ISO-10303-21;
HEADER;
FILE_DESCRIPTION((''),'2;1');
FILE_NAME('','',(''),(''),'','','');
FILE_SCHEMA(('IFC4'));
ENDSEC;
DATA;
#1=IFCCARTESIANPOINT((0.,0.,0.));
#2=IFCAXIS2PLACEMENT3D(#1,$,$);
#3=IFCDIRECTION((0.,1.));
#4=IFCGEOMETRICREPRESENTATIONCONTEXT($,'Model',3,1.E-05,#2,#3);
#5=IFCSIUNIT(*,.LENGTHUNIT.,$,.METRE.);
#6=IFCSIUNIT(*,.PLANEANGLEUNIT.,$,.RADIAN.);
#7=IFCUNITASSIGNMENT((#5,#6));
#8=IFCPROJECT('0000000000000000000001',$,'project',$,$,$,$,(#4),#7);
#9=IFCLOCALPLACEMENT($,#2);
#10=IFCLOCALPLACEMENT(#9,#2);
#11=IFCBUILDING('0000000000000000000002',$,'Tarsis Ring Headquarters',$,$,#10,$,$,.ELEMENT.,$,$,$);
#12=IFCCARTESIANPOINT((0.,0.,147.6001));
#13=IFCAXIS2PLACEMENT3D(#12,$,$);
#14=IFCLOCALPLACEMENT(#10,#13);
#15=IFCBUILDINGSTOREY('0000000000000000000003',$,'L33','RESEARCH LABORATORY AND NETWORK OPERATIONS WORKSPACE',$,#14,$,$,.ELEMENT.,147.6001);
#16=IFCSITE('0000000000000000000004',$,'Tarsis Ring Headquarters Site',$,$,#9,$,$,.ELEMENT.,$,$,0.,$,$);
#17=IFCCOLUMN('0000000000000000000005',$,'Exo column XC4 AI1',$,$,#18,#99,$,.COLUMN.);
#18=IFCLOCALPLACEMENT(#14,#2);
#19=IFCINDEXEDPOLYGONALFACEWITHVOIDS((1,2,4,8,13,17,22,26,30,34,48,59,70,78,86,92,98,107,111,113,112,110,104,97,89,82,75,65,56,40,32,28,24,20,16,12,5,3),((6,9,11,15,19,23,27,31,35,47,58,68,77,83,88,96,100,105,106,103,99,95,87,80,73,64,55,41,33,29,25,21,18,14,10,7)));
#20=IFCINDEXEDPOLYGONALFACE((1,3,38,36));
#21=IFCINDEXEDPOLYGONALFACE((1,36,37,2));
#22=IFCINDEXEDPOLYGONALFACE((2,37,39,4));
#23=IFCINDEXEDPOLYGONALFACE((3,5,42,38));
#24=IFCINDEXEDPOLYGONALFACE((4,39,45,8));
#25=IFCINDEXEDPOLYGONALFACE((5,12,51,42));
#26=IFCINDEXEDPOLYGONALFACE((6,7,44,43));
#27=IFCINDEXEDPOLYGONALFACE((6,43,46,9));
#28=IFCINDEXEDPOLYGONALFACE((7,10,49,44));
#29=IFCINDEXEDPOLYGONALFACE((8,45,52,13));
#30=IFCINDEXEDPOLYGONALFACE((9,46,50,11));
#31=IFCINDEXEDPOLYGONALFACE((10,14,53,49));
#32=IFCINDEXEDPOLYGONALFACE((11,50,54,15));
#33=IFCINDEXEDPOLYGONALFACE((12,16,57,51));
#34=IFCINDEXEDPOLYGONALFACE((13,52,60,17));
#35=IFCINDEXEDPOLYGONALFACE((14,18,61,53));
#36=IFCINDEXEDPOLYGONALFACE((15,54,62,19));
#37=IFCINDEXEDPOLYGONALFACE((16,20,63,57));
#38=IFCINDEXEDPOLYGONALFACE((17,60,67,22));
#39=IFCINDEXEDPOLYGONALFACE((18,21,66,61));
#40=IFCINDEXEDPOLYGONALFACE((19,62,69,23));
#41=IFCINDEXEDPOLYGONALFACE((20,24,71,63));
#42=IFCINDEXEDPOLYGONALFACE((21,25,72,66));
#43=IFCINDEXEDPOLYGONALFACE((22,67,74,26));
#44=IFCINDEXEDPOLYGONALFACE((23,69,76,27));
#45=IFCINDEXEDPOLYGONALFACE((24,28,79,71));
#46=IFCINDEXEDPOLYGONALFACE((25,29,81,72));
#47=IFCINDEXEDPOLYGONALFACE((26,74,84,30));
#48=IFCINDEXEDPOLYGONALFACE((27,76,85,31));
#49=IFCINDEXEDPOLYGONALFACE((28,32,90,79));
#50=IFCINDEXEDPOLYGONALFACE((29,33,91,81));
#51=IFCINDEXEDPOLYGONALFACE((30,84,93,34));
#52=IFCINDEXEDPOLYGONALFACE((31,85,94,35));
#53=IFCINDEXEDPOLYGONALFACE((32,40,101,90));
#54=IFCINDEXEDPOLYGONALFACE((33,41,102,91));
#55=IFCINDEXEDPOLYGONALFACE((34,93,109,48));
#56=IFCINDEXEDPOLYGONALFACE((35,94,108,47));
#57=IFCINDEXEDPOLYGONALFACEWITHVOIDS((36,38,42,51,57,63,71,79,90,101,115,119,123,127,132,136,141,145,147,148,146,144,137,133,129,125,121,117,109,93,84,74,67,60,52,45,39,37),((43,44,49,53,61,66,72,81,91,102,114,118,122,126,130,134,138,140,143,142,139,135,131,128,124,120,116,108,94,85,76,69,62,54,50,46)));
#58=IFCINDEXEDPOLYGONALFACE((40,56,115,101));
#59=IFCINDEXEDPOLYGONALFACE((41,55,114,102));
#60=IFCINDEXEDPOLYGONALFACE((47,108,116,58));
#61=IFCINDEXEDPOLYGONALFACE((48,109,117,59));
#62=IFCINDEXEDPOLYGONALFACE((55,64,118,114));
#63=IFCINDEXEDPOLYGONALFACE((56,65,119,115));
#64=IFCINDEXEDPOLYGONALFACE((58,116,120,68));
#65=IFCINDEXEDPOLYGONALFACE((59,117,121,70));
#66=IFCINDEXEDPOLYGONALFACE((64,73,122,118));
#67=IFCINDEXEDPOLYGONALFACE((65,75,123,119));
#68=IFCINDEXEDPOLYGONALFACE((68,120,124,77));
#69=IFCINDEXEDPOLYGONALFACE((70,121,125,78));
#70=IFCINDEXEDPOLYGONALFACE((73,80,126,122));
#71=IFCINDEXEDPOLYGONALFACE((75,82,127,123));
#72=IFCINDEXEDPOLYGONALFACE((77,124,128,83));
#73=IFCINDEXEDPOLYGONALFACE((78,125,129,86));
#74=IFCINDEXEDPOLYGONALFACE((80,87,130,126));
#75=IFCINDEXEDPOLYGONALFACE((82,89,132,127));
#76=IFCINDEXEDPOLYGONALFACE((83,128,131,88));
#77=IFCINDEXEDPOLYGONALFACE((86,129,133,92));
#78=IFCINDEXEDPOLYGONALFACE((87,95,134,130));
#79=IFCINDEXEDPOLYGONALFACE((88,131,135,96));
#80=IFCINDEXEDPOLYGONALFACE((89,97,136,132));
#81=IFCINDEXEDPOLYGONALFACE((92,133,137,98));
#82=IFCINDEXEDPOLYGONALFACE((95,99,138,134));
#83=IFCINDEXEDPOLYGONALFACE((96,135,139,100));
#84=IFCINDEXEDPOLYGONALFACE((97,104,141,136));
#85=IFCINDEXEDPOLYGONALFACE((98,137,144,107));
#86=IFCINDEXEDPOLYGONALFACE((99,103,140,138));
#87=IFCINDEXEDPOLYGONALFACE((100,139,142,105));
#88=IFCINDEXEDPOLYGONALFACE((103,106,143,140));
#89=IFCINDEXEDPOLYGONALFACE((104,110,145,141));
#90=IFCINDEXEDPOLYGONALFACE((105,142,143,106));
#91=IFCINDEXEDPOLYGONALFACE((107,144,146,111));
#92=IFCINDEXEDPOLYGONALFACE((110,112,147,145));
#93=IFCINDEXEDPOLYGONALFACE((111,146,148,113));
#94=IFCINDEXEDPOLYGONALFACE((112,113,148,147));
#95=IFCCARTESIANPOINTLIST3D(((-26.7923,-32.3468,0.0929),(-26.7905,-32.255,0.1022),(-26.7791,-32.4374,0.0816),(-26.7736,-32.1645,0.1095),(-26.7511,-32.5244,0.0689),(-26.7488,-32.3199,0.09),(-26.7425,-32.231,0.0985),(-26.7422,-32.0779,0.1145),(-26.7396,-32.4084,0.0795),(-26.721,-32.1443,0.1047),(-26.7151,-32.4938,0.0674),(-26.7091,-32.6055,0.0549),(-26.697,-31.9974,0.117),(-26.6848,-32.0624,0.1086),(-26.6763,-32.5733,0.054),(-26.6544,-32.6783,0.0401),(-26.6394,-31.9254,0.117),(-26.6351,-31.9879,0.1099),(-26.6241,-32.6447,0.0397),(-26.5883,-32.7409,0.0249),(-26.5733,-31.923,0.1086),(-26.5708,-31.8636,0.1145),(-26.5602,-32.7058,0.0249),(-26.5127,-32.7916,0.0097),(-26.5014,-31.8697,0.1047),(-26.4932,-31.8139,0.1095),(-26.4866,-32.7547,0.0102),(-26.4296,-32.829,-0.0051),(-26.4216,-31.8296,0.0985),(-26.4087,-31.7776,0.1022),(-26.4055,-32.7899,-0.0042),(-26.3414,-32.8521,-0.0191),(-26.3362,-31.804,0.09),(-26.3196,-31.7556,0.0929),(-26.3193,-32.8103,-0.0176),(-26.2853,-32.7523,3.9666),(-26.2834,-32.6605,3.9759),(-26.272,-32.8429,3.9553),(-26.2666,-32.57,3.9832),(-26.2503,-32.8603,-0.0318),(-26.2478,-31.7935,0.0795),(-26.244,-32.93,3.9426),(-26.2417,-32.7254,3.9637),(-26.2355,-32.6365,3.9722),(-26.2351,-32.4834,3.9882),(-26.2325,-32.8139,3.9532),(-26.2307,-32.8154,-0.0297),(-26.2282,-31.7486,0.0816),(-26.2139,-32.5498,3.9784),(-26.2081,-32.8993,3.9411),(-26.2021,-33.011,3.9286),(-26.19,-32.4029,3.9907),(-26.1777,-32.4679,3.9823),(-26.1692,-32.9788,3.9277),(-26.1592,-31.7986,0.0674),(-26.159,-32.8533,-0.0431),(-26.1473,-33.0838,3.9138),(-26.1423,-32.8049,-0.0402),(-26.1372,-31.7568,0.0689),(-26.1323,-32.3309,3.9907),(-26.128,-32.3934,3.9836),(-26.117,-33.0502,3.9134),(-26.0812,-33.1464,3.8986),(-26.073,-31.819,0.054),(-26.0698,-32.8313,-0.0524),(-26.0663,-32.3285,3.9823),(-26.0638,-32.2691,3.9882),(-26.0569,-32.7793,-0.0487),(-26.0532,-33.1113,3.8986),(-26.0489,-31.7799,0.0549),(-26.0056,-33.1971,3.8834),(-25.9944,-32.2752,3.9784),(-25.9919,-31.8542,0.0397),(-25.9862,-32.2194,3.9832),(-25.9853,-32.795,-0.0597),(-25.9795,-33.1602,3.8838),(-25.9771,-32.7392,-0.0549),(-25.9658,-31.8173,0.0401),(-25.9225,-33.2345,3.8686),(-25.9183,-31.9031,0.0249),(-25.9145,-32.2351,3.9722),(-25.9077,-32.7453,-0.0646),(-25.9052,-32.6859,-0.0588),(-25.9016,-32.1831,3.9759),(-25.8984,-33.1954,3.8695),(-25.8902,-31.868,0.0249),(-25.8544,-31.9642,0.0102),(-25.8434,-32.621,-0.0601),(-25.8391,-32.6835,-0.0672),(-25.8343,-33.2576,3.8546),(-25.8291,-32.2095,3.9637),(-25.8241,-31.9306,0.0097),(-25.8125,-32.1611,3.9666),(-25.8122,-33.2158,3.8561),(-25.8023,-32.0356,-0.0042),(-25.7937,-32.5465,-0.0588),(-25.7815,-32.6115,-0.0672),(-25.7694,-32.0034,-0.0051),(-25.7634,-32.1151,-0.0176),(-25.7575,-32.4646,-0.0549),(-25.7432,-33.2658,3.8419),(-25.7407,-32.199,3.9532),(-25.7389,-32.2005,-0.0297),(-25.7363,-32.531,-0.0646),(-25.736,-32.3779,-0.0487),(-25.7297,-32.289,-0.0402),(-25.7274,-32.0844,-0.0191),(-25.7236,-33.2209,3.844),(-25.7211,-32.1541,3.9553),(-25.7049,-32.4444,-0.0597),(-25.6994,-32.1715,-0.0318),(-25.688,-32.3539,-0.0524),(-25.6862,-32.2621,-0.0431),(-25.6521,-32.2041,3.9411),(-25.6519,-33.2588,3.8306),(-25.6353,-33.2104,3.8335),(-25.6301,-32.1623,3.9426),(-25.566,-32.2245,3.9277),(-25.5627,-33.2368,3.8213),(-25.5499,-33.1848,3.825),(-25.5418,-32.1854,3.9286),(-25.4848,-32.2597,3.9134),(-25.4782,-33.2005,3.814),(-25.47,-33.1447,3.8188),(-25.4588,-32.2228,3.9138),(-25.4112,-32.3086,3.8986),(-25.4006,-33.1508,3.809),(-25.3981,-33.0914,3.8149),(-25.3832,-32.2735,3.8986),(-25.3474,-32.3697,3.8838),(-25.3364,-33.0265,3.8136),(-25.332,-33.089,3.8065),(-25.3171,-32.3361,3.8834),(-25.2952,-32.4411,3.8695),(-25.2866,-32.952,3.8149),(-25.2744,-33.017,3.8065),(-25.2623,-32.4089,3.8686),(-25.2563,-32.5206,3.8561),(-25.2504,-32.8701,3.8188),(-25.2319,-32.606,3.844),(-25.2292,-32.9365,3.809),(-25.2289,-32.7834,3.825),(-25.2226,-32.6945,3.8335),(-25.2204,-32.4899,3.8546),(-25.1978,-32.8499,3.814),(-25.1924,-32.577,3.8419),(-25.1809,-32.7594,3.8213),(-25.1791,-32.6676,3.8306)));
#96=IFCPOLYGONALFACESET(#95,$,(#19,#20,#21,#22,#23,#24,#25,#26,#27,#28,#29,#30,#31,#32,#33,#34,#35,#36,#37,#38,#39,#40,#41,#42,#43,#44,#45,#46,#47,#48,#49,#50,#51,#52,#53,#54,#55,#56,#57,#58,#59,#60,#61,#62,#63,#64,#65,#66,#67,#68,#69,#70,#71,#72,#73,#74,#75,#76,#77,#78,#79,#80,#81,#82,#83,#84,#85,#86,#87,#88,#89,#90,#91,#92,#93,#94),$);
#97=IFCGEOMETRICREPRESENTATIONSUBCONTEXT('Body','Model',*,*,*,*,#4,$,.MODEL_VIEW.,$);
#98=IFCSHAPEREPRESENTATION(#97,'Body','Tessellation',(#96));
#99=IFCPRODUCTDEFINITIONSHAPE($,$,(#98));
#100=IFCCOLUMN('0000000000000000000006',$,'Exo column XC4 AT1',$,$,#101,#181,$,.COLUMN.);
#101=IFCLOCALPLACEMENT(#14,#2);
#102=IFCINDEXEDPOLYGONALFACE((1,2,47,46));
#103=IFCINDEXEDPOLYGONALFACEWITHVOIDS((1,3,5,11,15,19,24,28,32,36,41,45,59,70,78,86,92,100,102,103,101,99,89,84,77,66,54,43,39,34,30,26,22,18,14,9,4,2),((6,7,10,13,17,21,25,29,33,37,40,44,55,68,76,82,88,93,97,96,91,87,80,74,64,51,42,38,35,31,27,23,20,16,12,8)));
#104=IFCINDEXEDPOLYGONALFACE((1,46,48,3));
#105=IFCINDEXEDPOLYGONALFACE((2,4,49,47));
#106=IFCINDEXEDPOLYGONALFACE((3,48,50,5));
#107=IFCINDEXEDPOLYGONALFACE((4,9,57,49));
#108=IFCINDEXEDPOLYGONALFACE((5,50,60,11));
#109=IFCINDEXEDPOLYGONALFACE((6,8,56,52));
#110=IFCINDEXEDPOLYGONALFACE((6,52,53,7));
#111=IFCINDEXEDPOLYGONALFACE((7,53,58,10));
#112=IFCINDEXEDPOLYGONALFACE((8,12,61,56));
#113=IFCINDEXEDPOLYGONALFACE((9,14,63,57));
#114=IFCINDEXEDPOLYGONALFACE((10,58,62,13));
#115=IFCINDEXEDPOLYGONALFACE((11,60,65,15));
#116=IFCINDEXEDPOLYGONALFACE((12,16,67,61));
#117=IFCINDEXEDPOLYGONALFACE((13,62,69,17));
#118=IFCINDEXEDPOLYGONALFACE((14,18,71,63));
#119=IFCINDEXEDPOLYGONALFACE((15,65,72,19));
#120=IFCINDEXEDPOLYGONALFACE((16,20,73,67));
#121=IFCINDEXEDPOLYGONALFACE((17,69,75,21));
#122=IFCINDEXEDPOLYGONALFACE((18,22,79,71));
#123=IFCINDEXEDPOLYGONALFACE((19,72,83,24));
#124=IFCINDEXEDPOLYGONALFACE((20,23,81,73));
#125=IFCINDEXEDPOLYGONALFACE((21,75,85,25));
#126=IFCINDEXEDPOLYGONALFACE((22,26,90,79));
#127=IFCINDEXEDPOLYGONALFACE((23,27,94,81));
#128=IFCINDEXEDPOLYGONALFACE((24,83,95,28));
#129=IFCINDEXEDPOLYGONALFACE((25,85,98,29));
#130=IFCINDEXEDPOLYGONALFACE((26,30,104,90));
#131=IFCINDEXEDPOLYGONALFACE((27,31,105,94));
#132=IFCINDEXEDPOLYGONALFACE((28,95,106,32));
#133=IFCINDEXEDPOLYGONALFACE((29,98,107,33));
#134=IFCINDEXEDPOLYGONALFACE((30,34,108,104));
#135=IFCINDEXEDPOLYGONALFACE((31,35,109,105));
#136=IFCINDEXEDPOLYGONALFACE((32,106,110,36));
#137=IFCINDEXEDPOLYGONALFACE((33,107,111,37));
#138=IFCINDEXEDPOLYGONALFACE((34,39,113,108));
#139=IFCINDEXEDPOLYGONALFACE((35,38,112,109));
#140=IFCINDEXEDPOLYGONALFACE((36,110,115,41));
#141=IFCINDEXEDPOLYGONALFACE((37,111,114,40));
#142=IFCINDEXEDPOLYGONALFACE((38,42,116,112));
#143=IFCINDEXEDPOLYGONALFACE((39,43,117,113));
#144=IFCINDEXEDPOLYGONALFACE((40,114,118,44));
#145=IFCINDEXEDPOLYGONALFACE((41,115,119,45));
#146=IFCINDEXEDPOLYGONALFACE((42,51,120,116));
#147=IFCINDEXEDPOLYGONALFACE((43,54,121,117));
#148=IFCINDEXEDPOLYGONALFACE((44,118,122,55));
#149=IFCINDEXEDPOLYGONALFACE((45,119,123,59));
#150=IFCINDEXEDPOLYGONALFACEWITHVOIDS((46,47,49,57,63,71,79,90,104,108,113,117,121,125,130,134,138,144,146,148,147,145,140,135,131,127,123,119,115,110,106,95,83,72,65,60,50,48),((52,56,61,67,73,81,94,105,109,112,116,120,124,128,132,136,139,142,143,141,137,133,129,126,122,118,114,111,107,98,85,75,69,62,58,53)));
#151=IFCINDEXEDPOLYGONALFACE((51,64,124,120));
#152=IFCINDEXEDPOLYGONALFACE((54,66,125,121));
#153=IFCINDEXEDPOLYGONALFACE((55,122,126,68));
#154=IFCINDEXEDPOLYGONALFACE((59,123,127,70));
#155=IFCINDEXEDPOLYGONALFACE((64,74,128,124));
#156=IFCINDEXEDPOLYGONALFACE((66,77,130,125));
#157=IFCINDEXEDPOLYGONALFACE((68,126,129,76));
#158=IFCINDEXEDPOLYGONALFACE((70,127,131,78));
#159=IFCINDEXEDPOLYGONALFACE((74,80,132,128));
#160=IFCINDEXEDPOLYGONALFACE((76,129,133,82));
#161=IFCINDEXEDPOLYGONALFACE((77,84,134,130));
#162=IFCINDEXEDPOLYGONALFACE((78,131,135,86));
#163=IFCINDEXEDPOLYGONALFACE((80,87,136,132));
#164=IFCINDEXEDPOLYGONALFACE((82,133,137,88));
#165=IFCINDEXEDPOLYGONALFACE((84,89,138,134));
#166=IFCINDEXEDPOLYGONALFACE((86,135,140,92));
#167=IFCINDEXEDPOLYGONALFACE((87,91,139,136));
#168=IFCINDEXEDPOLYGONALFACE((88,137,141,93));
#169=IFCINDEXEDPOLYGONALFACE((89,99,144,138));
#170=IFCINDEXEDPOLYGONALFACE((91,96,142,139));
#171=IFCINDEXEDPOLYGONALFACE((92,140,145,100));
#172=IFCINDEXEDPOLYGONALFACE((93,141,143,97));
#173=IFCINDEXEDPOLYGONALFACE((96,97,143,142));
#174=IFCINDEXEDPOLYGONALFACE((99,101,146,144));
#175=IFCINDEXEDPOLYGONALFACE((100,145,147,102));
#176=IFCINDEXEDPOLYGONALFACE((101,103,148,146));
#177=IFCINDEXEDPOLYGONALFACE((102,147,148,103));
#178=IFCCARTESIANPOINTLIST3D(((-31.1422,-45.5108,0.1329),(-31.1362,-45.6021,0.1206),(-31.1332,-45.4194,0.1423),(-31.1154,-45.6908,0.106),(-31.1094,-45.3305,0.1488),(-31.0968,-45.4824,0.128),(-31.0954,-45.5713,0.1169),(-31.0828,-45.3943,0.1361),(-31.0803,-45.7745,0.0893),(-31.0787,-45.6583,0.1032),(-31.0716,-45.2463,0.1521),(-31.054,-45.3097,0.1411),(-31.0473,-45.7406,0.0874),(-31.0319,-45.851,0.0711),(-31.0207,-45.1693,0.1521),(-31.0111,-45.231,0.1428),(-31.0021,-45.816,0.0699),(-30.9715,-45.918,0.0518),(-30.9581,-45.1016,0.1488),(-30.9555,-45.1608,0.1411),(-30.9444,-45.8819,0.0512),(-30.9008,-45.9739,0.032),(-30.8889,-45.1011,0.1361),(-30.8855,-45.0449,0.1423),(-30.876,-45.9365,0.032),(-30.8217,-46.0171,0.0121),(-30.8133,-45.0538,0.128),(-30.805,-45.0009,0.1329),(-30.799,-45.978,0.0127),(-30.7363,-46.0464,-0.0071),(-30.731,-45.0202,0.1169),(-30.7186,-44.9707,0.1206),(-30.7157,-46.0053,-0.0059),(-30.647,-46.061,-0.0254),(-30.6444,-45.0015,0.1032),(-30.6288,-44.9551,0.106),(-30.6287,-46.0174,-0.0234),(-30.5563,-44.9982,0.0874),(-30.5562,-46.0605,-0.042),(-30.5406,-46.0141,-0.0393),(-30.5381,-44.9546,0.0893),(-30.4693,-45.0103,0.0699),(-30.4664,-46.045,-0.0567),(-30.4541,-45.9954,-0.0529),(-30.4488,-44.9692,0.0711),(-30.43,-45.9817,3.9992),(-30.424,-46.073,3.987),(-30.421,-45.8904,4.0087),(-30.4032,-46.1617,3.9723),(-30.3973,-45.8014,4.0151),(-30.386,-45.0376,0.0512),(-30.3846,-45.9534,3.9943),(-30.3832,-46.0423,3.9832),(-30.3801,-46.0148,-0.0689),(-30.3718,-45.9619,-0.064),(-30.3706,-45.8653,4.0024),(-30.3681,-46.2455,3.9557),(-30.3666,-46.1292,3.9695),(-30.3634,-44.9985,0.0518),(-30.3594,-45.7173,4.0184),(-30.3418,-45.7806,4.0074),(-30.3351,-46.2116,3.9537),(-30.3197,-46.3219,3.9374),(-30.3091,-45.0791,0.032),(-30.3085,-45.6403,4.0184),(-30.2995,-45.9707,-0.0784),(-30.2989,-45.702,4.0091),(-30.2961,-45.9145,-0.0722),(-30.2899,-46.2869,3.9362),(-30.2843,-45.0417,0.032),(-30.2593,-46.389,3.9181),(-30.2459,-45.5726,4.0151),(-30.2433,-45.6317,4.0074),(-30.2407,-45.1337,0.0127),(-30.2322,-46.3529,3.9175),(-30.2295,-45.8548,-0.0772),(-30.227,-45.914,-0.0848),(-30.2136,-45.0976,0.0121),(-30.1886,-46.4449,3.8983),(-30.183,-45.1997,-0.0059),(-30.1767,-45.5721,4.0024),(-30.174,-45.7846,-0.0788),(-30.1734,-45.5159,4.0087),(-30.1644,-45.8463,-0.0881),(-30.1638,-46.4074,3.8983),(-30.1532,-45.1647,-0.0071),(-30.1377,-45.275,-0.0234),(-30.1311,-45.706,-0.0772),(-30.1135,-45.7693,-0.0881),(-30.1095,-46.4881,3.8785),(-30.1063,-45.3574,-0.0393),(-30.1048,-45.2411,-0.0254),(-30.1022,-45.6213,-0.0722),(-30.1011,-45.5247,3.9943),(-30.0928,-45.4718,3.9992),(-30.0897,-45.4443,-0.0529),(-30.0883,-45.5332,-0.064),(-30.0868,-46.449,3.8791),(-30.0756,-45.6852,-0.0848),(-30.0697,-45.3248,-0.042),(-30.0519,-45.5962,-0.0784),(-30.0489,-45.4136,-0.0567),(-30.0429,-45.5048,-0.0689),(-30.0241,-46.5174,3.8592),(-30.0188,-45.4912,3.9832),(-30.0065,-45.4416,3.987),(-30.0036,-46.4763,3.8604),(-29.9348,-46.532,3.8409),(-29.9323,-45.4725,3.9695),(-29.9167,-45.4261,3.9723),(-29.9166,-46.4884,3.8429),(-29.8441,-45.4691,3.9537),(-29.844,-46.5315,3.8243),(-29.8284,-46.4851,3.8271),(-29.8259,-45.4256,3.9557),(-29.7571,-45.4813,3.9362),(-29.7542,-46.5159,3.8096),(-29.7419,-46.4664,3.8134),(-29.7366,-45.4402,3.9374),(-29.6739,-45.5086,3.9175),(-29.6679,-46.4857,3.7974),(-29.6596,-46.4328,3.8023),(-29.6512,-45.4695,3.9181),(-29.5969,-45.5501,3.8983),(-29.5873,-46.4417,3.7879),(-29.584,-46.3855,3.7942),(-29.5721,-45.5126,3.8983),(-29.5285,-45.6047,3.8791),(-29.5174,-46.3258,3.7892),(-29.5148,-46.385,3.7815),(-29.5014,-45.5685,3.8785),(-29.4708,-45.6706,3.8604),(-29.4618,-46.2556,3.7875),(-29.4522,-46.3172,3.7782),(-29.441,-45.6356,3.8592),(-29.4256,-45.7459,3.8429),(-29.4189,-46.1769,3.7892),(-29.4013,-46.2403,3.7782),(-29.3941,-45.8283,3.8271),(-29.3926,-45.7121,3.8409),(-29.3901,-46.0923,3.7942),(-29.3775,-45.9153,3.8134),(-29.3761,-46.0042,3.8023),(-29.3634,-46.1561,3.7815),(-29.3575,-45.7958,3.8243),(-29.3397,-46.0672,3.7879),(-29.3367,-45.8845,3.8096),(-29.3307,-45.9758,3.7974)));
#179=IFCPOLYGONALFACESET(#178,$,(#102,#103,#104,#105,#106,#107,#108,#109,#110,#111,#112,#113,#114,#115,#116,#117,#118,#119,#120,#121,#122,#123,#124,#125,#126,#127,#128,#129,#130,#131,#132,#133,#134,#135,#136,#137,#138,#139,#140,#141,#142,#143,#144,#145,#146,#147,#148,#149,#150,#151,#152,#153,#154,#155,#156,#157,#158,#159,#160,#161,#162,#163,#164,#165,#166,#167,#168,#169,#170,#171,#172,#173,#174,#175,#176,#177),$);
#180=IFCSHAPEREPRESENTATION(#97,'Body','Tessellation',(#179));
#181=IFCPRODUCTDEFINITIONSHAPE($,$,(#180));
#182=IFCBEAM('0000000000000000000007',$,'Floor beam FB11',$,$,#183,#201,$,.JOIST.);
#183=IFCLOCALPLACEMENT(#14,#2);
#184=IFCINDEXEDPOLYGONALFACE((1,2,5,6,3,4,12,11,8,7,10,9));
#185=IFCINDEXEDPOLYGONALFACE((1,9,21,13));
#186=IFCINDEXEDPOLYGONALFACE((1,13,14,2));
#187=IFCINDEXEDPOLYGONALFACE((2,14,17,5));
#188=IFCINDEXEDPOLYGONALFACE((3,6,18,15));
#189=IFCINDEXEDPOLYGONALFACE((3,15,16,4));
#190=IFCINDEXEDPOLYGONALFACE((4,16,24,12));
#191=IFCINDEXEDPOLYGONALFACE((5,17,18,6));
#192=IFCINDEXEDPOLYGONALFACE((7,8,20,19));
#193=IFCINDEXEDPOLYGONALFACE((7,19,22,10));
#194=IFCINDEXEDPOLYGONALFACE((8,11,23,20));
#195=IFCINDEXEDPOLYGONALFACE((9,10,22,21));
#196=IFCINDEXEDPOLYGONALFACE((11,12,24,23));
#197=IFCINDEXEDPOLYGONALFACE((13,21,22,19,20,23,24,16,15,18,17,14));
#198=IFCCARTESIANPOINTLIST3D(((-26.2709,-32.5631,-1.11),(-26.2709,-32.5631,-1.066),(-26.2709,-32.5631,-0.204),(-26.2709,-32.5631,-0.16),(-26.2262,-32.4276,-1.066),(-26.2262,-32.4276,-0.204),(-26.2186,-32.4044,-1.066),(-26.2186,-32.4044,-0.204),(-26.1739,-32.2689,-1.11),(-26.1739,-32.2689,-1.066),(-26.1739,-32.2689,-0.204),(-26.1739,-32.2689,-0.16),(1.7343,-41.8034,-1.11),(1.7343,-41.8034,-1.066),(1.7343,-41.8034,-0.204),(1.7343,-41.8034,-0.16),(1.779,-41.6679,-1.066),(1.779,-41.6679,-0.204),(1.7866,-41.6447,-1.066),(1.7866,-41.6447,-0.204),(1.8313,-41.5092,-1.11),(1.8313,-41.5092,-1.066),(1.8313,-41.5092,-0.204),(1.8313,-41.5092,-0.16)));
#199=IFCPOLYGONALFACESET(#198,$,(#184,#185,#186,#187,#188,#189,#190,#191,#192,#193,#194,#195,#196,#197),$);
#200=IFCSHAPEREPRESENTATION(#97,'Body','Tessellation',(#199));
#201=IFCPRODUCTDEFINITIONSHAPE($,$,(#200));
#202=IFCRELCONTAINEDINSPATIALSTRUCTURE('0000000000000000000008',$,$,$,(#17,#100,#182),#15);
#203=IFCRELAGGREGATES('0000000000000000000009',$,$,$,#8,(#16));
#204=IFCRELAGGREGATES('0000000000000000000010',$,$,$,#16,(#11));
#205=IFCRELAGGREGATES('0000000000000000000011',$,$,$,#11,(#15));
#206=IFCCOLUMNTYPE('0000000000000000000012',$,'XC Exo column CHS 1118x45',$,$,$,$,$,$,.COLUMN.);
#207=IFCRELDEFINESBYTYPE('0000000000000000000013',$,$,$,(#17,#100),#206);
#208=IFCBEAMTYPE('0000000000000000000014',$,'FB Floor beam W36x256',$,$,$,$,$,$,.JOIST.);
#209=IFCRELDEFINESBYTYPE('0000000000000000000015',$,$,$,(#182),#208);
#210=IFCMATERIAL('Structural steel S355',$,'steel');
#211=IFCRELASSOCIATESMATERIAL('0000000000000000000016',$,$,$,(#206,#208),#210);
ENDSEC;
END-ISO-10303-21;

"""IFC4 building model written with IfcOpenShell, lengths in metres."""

from ifc_helpers import new_model, si_unit, direction, frame, origin, origin_2d, place, context, subcontext, project, spatial, hollow_circle, i_section, extrude, material, material_profile, profile_set, type_object, element, save


model = new_model("IFC4")

# Units and contexts
model_context = context("Model", 3, precision=1e-05, world=origin(), true_north=direction((0.0, 1.0)))
body_context = subcontext(model_context, "Body", "Model", "MODEL_VIEW")
ifc_project = project(units=[si_unit("LENGTHUNIT", "METRE"), si_unit("PLANEANGLEUNIT", "RADIAN")], contexts=[model_context])

# Site, building, storey
site_placement = place(None, origin())
site = spatial("IfcSite", under=ifc_project, at=site_placement, Name="Tarsis Ring Headquarters Site", CompositionType="ELEMENT", RefElevation=0.0)
building_placement = place(site_placement, origin())
building = spatial("IfcBuilding", under=site, at=building_placement, Name="Tarsis Ring Headquarters", CompositionType="ELEMENT")
storey_placement = place(building_placement, frame((0.0, 0.0, 147.6001)))
storey = spatial("IfcBuildingStorey", under=building, at=storey_placement, Name="L33", Description="RESEARCH LABORATORY AND NETWORK OPERATIONS WORKSPACE", CompositionType="ELEMENT", Elevation=147.6001)

# Columns
ifc_material_1 = material(Name="Structural steel S355", Category="steel")
ifc_material_profile_1 = material_profile(ifc_material_1, hollow_circle(Radius=0.5588, WallThickness=0.0449, at=origin_2d()), Name="CHS 1118x45")
ifc_profile_set_1 = profile_set([ifc_material_profile_1], Name="Structural steel S355")
column_type = type_object("IfcColumnType", Name="XC Exo column CHS 1118x45", PredefinedType="COLUMN", material=ifc_profile_set_1)
column_1_placement = place(storey_placement, frame((-26.2393, -32.3044, 0.0249), z_axis=(0.1291, -0.103243, 0.986242), x_axis=(0.624557, 0.780979, 0.0)))
element("IfcColumn", 1, at=column_1_placement, inside=storey, type_object=column_type, Name="Exo column XC4 AI1", PredefinedType="COLUMN", context=body_context, shape_type="SweptSolid", body=[
    extrude(hollow_circle(Radius=0.5588, WallThickness=0.0449, at=origin_2d()), origin(), (0.0, 0.0, 1.0), 3.9277),
])
column_2_placement = place(storey_placement, frame((-30.5925, -45.5078, 0.032), z_axis=(0.179867, -0.118945, 0.976473), x_axis=(0.551595, 0.834112, 0.0)))
element("IfcColumn", 2, at=column_2_placement, inside=storey, type_object=column_type, Name="Exo column XC4 AT1", PredefinedType="COLUMN", context=body_context, shape_type="SweptSolid", body=[
    extrude(hollow_circle(Radius=0.5588, WallThickness=0.0449, at=origin_2d()), origin(), (0.0, 0.0, 1.0), 3.9595),
])

# Beam
ifc_material_profile_2 = material_profile(ifc_material_1, i_section(OverallWidth=0.3098, OverallDepth=0.95, WebThickness=0.0244, FlangeThickness=0.0439, at=origin_2d()), Name="W36x256")
ifc_profile_set_2 = profile_set([ifc_material_profile_2], Name="Structural steel S355")
beam_type_1 = type_object("IfcBeamType", Name="FB Floor beam W36x256", PredefinedType="JOIST", material=ifc_profile_set_2)
for number, where, z_axis, x_axis, name in (
    (3, (-26.2224, -32.416, -0.635), (0.949643, -0.313333, 0.0), (0.313333, 0.949643, 0.0), "Floor beam FB11"),
):
    element("IfcBeam", number, at=place(storey_placement, frame(where, z_axis=z_axis, x_axis=x_axis)), inside=storey, type_object=beam_type_1, Name=name, PredefinedType="JOIST", context=body_context, shape_type="SweptSolid", body=[
        extrude(i_section(OverallWidth=0.3098, OverallDepth=0.95, WebThickness=0.0244, FlangeThickness=0.0439, at=origin_2d()), origin(), (0.0, 0.0, 1.0), 29.4902),
    ])

save(model, "model.ifc")
